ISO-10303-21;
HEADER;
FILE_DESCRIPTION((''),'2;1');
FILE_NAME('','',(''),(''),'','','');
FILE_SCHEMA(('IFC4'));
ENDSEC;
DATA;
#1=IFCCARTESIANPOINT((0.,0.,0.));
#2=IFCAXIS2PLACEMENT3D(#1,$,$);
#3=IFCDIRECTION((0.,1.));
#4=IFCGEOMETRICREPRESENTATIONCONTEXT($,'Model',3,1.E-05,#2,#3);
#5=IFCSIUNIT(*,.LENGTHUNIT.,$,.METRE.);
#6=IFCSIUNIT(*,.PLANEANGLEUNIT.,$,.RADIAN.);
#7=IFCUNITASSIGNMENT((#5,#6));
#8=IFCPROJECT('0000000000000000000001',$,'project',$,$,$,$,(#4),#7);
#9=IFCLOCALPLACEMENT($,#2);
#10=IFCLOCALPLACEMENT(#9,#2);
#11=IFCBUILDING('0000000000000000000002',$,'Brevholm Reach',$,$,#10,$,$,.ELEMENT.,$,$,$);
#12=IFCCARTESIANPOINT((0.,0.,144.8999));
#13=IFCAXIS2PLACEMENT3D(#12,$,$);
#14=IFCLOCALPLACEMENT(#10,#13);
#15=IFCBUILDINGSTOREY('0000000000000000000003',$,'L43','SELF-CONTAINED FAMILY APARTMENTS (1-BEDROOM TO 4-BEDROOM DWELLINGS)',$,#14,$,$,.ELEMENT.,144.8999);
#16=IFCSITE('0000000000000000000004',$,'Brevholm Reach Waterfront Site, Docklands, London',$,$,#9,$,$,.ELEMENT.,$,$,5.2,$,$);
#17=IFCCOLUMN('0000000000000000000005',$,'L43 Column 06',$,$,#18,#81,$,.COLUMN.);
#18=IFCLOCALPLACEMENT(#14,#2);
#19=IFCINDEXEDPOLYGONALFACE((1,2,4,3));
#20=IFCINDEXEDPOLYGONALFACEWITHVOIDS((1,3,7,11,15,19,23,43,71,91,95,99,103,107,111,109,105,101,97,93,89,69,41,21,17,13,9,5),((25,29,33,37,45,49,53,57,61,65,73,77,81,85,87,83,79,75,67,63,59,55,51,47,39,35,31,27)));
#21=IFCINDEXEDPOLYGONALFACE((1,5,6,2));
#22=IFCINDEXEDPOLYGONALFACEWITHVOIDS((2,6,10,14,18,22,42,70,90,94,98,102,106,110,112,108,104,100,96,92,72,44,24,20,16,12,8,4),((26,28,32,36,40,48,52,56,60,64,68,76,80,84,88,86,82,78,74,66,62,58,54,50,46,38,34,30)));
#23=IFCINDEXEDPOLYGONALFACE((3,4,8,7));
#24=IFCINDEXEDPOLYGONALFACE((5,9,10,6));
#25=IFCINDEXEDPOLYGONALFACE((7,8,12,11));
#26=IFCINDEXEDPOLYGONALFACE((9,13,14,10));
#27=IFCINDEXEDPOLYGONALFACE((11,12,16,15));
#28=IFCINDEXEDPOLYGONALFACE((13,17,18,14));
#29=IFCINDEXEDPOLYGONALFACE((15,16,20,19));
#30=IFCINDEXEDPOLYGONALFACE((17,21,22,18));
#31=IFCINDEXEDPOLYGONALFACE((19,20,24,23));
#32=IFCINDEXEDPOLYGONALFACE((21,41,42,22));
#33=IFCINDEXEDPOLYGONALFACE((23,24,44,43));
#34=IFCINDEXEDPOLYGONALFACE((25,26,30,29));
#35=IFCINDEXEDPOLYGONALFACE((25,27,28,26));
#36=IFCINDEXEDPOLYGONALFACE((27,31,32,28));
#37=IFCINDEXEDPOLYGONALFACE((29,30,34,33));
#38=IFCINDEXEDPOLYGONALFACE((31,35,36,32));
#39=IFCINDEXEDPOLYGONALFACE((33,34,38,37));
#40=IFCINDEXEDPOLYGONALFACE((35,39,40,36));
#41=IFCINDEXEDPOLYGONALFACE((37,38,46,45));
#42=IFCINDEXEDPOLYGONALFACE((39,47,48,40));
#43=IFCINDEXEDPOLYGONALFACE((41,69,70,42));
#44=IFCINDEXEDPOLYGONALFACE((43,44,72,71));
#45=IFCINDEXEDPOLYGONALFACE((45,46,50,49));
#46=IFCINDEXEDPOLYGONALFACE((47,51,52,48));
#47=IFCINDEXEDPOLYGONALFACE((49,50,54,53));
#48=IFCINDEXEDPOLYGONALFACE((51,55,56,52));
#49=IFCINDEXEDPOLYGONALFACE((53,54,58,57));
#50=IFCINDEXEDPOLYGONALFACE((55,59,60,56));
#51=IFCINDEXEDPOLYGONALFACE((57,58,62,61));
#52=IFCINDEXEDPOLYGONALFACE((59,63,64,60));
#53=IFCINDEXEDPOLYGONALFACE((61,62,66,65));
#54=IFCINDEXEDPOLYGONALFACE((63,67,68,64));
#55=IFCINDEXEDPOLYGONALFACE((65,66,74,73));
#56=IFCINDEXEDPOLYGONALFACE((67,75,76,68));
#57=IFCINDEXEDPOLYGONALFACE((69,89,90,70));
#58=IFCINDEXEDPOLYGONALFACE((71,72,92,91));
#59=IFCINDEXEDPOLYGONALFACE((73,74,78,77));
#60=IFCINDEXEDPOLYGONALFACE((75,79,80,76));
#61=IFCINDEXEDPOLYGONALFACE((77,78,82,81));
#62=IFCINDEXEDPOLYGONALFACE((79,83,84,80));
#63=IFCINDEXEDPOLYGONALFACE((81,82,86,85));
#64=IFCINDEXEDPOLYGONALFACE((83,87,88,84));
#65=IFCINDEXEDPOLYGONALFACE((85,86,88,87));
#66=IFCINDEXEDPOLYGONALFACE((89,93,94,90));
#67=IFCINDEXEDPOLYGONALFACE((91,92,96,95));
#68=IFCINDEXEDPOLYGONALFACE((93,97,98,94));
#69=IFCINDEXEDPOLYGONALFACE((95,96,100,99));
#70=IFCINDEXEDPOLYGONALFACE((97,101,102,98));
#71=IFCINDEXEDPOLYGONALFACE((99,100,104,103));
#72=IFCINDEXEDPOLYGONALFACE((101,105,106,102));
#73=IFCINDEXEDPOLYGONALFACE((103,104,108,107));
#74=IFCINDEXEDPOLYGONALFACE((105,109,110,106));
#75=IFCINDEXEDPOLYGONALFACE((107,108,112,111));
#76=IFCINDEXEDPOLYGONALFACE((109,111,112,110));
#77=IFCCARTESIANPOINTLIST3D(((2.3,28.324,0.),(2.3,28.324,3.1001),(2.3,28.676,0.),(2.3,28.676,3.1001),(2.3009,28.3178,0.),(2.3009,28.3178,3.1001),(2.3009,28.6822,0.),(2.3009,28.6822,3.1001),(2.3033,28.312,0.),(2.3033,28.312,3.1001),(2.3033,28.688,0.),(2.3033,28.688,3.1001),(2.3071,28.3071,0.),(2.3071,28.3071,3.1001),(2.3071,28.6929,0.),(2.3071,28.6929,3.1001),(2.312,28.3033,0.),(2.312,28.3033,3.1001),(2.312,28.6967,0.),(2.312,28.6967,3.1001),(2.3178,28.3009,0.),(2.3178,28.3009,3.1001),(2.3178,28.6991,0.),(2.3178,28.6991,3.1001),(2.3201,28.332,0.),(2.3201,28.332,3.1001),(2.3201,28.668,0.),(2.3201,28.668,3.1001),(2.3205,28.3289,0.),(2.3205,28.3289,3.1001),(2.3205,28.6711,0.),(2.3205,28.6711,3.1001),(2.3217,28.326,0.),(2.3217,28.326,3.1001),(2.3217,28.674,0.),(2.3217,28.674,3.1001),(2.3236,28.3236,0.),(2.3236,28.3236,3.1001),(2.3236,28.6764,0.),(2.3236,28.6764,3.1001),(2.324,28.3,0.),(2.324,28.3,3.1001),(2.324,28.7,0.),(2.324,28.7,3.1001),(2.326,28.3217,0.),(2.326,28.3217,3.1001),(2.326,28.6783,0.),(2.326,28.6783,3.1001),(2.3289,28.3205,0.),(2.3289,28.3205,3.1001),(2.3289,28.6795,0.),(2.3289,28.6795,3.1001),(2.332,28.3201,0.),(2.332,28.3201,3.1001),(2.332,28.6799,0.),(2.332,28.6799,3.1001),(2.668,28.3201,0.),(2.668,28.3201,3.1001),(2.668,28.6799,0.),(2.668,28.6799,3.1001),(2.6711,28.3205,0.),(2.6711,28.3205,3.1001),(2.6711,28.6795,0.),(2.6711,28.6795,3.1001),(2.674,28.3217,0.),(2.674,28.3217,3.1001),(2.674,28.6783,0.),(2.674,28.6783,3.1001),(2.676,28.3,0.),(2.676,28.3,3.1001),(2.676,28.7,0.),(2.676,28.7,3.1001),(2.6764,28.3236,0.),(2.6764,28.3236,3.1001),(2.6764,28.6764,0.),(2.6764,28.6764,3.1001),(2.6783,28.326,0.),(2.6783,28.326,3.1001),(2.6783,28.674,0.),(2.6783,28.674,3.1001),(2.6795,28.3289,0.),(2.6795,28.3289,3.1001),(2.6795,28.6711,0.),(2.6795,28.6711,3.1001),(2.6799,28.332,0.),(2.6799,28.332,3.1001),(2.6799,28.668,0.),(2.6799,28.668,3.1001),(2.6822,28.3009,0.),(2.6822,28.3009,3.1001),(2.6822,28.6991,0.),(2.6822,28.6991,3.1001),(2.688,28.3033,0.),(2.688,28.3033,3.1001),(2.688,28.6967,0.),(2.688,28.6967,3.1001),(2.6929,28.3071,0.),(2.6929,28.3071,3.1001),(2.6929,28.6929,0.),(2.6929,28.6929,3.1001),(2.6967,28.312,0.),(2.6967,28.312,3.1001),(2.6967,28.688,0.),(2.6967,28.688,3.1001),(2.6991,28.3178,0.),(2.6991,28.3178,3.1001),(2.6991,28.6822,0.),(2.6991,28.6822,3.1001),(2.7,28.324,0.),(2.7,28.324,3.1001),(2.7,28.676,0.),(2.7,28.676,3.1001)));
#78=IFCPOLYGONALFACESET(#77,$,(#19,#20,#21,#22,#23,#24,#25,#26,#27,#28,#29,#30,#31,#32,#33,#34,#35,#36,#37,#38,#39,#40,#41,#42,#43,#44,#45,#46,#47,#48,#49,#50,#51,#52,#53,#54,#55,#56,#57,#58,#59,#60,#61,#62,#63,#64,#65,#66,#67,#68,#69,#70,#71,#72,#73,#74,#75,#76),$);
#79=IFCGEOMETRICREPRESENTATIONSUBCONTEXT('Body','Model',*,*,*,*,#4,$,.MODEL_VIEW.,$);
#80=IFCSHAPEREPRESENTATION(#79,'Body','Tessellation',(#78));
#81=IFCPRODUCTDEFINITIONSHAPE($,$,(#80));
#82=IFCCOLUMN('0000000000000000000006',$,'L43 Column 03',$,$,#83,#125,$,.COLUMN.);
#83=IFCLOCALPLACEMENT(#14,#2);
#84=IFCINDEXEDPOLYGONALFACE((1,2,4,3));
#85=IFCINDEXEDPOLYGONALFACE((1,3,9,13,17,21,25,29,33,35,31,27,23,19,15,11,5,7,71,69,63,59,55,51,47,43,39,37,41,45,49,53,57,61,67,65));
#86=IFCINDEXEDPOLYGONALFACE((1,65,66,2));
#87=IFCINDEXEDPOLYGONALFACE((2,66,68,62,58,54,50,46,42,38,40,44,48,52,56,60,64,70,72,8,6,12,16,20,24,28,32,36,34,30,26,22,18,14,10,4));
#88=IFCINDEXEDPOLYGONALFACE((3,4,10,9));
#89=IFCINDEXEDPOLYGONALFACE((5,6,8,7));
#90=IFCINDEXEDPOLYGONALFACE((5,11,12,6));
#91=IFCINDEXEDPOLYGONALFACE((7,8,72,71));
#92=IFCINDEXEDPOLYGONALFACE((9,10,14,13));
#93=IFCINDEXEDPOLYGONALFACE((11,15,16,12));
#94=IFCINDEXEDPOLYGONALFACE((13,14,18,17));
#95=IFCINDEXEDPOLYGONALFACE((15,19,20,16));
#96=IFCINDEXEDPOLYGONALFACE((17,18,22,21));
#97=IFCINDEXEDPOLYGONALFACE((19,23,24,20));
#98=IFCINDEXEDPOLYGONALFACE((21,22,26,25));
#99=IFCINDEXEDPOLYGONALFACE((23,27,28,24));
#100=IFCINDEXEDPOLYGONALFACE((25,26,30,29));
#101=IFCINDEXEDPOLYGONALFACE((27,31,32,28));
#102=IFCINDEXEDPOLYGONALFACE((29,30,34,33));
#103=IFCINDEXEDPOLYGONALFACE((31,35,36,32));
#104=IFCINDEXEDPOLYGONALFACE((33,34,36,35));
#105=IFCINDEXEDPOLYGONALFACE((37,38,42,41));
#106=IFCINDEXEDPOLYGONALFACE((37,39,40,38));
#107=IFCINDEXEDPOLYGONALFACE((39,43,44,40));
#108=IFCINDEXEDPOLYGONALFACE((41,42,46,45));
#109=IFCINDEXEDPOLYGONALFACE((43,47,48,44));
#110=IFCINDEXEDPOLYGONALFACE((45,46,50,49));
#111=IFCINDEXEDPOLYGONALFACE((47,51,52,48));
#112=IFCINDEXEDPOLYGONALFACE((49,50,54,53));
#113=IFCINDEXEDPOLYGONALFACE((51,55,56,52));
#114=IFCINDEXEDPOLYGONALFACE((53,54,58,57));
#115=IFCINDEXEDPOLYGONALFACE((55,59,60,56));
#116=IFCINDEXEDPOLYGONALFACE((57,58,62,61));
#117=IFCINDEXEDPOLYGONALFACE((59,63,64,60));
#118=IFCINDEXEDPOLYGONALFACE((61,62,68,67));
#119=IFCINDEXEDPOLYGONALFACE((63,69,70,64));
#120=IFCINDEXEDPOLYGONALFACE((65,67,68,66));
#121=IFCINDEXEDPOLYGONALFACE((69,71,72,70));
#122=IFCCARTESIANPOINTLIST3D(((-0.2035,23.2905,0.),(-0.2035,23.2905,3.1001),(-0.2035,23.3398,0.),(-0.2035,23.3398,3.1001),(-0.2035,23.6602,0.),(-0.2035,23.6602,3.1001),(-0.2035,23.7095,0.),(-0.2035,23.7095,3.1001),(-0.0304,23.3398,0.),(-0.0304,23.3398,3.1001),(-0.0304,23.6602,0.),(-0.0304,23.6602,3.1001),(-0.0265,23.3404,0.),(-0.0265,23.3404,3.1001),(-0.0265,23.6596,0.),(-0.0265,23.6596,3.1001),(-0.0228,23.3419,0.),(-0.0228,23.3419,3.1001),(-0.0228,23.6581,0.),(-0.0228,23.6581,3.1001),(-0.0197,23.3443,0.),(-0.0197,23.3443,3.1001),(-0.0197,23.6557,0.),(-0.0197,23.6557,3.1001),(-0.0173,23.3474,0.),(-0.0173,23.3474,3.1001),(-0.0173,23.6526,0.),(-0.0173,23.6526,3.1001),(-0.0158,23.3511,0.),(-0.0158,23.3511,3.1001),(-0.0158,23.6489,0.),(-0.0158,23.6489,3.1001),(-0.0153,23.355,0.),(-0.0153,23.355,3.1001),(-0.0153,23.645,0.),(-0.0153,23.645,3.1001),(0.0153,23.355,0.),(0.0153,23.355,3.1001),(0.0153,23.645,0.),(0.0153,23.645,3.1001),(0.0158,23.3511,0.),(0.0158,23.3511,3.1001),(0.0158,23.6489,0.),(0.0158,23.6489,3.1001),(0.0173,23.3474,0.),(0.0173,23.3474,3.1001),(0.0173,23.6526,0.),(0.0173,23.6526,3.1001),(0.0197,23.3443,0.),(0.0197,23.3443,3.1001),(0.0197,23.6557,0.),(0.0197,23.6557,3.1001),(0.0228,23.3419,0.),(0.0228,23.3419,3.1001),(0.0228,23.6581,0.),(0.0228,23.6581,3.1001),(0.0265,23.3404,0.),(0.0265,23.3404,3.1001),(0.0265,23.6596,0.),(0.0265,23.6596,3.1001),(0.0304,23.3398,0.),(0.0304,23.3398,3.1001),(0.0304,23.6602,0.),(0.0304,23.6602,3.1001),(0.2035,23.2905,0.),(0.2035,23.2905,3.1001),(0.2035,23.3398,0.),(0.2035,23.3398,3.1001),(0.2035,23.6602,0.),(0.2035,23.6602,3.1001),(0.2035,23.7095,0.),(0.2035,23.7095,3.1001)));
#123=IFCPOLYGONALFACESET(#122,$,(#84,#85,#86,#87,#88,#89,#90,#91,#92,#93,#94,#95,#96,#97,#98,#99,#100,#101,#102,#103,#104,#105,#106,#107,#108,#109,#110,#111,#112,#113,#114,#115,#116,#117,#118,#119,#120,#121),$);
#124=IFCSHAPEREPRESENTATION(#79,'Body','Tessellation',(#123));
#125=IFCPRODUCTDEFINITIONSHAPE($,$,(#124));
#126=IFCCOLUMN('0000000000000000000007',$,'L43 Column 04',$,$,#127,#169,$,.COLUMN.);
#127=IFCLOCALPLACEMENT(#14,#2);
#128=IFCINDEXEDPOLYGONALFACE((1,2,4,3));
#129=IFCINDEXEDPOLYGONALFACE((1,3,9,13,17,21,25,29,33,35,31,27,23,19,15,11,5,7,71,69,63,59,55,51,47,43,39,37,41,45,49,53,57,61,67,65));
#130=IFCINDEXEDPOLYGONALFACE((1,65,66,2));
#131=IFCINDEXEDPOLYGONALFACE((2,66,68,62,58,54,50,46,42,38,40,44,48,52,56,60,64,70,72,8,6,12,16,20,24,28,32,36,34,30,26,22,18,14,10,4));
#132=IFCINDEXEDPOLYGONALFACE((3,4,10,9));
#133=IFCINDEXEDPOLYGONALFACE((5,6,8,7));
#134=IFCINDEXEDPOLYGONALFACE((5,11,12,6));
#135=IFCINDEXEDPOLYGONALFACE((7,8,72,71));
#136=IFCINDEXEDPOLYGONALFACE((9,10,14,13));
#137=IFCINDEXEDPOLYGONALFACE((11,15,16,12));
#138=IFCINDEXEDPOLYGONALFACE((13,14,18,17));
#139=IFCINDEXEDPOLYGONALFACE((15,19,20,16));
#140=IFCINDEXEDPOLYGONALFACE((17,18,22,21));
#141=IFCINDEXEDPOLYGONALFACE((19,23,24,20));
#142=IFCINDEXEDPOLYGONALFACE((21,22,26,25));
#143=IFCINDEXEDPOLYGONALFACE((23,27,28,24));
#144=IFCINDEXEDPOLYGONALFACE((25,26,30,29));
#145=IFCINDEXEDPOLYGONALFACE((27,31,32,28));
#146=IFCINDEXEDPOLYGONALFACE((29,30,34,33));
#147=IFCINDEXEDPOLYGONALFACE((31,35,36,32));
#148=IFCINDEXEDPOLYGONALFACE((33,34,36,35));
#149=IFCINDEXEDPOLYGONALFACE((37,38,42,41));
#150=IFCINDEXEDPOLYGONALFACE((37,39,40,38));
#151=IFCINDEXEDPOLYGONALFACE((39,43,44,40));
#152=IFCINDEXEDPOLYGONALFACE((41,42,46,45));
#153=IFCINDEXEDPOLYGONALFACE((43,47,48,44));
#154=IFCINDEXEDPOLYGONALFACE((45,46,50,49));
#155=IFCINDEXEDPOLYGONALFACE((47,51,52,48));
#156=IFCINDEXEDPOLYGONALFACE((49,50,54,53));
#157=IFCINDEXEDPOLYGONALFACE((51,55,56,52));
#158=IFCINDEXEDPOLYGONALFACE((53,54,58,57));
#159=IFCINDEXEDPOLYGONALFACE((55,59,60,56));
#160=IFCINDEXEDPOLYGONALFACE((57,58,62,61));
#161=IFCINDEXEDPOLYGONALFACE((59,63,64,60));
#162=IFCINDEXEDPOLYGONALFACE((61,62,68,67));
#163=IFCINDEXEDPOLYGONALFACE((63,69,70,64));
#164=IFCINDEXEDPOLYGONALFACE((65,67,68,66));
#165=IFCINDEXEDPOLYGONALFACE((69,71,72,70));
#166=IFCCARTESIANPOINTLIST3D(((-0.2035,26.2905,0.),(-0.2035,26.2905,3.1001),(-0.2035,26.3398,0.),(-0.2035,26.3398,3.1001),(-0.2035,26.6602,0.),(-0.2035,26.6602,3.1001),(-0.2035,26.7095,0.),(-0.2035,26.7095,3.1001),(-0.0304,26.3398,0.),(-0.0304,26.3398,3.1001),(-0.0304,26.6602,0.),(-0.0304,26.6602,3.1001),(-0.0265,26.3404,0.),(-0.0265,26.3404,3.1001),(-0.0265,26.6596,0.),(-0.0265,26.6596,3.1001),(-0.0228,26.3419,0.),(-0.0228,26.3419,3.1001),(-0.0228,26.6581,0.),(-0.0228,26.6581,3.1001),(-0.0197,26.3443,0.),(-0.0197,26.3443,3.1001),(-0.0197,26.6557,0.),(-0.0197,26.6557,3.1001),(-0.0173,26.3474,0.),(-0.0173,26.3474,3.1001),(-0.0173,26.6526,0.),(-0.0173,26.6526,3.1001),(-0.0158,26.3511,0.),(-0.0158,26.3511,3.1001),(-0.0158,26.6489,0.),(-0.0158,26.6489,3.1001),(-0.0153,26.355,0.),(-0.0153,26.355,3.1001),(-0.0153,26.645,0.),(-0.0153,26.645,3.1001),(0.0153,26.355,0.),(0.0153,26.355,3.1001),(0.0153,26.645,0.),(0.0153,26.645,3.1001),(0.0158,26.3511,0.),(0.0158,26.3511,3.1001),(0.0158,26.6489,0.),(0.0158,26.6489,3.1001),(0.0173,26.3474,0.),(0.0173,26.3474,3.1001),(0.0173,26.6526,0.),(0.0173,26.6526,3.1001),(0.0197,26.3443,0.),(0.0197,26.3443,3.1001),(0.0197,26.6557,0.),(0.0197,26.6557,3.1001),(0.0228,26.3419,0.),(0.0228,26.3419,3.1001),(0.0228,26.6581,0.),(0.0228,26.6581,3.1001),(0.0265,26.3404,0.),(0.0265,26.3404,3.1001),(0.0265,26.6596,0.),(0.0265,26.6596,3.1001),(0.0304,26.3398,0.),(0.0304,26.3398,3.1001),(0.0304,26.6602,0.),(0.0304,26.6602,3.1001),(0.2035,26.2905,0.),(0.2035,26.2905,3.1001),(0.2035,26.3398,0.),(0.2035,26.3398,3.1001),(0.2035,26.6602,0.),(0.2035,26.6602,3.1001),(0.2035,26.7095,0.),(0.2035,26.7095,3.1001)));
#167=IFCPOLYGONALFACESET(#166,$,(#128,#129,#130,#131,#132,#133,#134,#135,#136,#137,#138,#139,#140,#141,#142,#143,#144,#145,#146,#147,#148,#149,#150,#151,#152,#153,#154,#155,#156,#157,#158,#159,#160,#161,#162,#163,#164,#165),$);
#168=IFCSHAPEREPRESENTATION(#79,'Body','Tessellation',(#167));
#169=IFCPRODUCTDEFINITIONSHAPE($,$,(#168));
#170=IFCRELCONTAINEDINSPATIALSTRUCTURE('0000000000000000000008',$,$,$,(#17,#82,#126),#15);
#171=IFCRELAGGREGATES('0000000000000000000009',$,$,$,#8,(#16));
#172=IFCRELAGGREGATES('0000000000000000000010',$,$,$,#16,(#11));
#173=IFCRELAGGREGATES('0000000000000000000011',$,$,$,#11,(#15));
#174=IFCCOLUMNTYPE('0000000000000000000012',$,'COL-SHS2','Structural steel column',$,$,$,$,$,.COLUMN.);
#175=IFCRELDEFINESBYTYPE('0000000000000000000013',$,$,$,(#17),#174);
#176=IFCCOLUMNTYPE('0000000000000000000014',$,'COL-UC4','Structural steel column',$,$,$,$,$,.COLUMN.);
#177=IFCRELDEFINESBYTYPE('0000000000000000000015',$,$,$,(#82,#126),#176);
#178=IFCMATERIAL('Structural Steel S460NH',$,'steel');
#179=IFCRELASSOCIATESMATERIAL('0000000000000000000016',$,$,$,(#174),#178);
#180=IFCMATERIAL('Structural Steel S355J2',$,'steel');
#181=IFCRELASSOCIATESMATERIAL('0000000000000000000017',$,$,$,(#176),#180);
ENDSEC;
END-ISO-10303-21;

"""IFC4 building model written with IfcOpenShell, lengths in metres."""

from ifc_helpers import new_model, si_unit, direction, frame, origin, origin_2d, place, context, subcontext, project, spatial, hollow_rectangle, i_section, extrude, material, material_profile, profile_set, type_object, element, save


model = new_model("IFC4")

# Units and contexts
model_context = context("Model", 3, precision=1e-05, world=origin(), true_north=direction((0.0, 1.0)))
body_context = subcontext(model_context, "Body", "Model", "MODEL_VIEW")
ifc_project = project(units=[si_unit("LENGTHUNIT", "METRE"), si_unit("PLANEANGLEUNIT", "RADIAN")], contexts=[model_context])

# Site, building, storey
site_placement = place(None, origin())
site = spatial("IfcSite", under=ifc_project, at=site_placement, Name="Brevholm Reach Waterfront Site, Docklands, London", CompositionType="ELEMENT", RefElevation=5.2)
building_placement = place(site_placement, origin())
building = spatial("IfcBuilding", under=site, at=building_placement, Name="Brevholm Reach", CompositionType="ELEMENT")
storey_placement = place(building_placement, frame((0.0, 0.0, 144.8999)))
storey = spatial("IfcBuildingStorey", under=building, at=storey_placement, Name="L43", Description="SELF-CONTAINED FAMILY APARTMENTS (1-BEDROOM TO 4-BEDROOM DWELLINGS)", CompositionType="ELEMENT", Elevation=144.8999)

# Columns
ifc_material_1 = material(Name="Structural Steel S460NH", Category="steel")
ifc_material_profile_1 = material_profile(ifc_material_1, hollow_rectangle(XDim=0.3999, YDim=0.3999, WallThickness=0.02, InnerFilletRadius=0.012, OuterFilletRadius=0.0239, at=origin_2d()), Name="SHS 400x400x20")
ifc_profile_set_1 = profile_set([ifc_material_profile_1], Name="Structural Steel S460NH")
column_type_1 = type_object("IfcColumnType", Name="COL-SHS2", Description="Structural steel column", PredefinedType="COLUMN", material=ifc_profile_set_1)
column_placement = place(storey_placement, frame((2.5, 28.5, 0.0), z_axis=(0.0, 0.0, 1.0), x_axis=(1.0, 0.0, 0.0)))
element("IfcColumn", 1, at=column_placement, inside=storey, type_object=column_type_1, Name="L43 Column 06", PredefinedType="COLUMN", context=body_context, shape_type="SweptSolid", body=[
    extrude(hollow_rectangle(XDim=0.3999, YDim=0.3999, WallThickness=0.02, InnerFilletRadius=0.012, OuterFilletRadius=0.0239, at=origin_2d()), origin(), (0.0, 0.0, 1.0), 3.1001),
])
ifc_material_2 = material(Name="Structural Steel S355J2", Category="steel")
ifc_material_profile_2 = material_profile(ifc_material_2, i_section(OverallWidth=0.407, OverallDepth=0.4189, WebThickness=0.0305, FlangeThickness=0.0493, FilletRadius=0.0151, at=origin_2d()), Name="UKC 356x406x393")
ifc_profile_set_2 = profile_set([ifc_material_profile_2], Name="Structural Steel S355J2")
column_type_2 = type_object("IfcColumnType", Name="COL-UC4", Description="Structural steel column", PredefinedType="COLUMN", material=ifc_profile_set_2)
for number, where, z_axis, x_axis, name in (
    (2, (0.0, 23.5, 0.0), (0.0, 0.0, 1.0), (1.0, 0.0, 0.0), "L43 Column 03"),
    (3, (0.0, 26.5, 0.0), (0.0, 0.0, 1.0), (1.0, 0.0, 0.0), "L43 Column 04"),
):
    element("IfcColumn", number, at=place(storey_placement, frame(where, z_axis=z_axis, x_axis=x_axis)), inside=storey, type_object=column_type_2, Name=name, PredefinedType="COLUMN", context=body_context, shape_type="SweptSolid", body=[
        extrude(i_section(OverallWidth=0.407, OverallDepth=0.4189, WebThickness=0.0305, FlangeThickness=0.0493, FilletRadius=0.0151, at=origin_2d()), origin(), (0.0, 0.0, 1.0), 3.1001),
    ])

save(model, "model.ifc")
